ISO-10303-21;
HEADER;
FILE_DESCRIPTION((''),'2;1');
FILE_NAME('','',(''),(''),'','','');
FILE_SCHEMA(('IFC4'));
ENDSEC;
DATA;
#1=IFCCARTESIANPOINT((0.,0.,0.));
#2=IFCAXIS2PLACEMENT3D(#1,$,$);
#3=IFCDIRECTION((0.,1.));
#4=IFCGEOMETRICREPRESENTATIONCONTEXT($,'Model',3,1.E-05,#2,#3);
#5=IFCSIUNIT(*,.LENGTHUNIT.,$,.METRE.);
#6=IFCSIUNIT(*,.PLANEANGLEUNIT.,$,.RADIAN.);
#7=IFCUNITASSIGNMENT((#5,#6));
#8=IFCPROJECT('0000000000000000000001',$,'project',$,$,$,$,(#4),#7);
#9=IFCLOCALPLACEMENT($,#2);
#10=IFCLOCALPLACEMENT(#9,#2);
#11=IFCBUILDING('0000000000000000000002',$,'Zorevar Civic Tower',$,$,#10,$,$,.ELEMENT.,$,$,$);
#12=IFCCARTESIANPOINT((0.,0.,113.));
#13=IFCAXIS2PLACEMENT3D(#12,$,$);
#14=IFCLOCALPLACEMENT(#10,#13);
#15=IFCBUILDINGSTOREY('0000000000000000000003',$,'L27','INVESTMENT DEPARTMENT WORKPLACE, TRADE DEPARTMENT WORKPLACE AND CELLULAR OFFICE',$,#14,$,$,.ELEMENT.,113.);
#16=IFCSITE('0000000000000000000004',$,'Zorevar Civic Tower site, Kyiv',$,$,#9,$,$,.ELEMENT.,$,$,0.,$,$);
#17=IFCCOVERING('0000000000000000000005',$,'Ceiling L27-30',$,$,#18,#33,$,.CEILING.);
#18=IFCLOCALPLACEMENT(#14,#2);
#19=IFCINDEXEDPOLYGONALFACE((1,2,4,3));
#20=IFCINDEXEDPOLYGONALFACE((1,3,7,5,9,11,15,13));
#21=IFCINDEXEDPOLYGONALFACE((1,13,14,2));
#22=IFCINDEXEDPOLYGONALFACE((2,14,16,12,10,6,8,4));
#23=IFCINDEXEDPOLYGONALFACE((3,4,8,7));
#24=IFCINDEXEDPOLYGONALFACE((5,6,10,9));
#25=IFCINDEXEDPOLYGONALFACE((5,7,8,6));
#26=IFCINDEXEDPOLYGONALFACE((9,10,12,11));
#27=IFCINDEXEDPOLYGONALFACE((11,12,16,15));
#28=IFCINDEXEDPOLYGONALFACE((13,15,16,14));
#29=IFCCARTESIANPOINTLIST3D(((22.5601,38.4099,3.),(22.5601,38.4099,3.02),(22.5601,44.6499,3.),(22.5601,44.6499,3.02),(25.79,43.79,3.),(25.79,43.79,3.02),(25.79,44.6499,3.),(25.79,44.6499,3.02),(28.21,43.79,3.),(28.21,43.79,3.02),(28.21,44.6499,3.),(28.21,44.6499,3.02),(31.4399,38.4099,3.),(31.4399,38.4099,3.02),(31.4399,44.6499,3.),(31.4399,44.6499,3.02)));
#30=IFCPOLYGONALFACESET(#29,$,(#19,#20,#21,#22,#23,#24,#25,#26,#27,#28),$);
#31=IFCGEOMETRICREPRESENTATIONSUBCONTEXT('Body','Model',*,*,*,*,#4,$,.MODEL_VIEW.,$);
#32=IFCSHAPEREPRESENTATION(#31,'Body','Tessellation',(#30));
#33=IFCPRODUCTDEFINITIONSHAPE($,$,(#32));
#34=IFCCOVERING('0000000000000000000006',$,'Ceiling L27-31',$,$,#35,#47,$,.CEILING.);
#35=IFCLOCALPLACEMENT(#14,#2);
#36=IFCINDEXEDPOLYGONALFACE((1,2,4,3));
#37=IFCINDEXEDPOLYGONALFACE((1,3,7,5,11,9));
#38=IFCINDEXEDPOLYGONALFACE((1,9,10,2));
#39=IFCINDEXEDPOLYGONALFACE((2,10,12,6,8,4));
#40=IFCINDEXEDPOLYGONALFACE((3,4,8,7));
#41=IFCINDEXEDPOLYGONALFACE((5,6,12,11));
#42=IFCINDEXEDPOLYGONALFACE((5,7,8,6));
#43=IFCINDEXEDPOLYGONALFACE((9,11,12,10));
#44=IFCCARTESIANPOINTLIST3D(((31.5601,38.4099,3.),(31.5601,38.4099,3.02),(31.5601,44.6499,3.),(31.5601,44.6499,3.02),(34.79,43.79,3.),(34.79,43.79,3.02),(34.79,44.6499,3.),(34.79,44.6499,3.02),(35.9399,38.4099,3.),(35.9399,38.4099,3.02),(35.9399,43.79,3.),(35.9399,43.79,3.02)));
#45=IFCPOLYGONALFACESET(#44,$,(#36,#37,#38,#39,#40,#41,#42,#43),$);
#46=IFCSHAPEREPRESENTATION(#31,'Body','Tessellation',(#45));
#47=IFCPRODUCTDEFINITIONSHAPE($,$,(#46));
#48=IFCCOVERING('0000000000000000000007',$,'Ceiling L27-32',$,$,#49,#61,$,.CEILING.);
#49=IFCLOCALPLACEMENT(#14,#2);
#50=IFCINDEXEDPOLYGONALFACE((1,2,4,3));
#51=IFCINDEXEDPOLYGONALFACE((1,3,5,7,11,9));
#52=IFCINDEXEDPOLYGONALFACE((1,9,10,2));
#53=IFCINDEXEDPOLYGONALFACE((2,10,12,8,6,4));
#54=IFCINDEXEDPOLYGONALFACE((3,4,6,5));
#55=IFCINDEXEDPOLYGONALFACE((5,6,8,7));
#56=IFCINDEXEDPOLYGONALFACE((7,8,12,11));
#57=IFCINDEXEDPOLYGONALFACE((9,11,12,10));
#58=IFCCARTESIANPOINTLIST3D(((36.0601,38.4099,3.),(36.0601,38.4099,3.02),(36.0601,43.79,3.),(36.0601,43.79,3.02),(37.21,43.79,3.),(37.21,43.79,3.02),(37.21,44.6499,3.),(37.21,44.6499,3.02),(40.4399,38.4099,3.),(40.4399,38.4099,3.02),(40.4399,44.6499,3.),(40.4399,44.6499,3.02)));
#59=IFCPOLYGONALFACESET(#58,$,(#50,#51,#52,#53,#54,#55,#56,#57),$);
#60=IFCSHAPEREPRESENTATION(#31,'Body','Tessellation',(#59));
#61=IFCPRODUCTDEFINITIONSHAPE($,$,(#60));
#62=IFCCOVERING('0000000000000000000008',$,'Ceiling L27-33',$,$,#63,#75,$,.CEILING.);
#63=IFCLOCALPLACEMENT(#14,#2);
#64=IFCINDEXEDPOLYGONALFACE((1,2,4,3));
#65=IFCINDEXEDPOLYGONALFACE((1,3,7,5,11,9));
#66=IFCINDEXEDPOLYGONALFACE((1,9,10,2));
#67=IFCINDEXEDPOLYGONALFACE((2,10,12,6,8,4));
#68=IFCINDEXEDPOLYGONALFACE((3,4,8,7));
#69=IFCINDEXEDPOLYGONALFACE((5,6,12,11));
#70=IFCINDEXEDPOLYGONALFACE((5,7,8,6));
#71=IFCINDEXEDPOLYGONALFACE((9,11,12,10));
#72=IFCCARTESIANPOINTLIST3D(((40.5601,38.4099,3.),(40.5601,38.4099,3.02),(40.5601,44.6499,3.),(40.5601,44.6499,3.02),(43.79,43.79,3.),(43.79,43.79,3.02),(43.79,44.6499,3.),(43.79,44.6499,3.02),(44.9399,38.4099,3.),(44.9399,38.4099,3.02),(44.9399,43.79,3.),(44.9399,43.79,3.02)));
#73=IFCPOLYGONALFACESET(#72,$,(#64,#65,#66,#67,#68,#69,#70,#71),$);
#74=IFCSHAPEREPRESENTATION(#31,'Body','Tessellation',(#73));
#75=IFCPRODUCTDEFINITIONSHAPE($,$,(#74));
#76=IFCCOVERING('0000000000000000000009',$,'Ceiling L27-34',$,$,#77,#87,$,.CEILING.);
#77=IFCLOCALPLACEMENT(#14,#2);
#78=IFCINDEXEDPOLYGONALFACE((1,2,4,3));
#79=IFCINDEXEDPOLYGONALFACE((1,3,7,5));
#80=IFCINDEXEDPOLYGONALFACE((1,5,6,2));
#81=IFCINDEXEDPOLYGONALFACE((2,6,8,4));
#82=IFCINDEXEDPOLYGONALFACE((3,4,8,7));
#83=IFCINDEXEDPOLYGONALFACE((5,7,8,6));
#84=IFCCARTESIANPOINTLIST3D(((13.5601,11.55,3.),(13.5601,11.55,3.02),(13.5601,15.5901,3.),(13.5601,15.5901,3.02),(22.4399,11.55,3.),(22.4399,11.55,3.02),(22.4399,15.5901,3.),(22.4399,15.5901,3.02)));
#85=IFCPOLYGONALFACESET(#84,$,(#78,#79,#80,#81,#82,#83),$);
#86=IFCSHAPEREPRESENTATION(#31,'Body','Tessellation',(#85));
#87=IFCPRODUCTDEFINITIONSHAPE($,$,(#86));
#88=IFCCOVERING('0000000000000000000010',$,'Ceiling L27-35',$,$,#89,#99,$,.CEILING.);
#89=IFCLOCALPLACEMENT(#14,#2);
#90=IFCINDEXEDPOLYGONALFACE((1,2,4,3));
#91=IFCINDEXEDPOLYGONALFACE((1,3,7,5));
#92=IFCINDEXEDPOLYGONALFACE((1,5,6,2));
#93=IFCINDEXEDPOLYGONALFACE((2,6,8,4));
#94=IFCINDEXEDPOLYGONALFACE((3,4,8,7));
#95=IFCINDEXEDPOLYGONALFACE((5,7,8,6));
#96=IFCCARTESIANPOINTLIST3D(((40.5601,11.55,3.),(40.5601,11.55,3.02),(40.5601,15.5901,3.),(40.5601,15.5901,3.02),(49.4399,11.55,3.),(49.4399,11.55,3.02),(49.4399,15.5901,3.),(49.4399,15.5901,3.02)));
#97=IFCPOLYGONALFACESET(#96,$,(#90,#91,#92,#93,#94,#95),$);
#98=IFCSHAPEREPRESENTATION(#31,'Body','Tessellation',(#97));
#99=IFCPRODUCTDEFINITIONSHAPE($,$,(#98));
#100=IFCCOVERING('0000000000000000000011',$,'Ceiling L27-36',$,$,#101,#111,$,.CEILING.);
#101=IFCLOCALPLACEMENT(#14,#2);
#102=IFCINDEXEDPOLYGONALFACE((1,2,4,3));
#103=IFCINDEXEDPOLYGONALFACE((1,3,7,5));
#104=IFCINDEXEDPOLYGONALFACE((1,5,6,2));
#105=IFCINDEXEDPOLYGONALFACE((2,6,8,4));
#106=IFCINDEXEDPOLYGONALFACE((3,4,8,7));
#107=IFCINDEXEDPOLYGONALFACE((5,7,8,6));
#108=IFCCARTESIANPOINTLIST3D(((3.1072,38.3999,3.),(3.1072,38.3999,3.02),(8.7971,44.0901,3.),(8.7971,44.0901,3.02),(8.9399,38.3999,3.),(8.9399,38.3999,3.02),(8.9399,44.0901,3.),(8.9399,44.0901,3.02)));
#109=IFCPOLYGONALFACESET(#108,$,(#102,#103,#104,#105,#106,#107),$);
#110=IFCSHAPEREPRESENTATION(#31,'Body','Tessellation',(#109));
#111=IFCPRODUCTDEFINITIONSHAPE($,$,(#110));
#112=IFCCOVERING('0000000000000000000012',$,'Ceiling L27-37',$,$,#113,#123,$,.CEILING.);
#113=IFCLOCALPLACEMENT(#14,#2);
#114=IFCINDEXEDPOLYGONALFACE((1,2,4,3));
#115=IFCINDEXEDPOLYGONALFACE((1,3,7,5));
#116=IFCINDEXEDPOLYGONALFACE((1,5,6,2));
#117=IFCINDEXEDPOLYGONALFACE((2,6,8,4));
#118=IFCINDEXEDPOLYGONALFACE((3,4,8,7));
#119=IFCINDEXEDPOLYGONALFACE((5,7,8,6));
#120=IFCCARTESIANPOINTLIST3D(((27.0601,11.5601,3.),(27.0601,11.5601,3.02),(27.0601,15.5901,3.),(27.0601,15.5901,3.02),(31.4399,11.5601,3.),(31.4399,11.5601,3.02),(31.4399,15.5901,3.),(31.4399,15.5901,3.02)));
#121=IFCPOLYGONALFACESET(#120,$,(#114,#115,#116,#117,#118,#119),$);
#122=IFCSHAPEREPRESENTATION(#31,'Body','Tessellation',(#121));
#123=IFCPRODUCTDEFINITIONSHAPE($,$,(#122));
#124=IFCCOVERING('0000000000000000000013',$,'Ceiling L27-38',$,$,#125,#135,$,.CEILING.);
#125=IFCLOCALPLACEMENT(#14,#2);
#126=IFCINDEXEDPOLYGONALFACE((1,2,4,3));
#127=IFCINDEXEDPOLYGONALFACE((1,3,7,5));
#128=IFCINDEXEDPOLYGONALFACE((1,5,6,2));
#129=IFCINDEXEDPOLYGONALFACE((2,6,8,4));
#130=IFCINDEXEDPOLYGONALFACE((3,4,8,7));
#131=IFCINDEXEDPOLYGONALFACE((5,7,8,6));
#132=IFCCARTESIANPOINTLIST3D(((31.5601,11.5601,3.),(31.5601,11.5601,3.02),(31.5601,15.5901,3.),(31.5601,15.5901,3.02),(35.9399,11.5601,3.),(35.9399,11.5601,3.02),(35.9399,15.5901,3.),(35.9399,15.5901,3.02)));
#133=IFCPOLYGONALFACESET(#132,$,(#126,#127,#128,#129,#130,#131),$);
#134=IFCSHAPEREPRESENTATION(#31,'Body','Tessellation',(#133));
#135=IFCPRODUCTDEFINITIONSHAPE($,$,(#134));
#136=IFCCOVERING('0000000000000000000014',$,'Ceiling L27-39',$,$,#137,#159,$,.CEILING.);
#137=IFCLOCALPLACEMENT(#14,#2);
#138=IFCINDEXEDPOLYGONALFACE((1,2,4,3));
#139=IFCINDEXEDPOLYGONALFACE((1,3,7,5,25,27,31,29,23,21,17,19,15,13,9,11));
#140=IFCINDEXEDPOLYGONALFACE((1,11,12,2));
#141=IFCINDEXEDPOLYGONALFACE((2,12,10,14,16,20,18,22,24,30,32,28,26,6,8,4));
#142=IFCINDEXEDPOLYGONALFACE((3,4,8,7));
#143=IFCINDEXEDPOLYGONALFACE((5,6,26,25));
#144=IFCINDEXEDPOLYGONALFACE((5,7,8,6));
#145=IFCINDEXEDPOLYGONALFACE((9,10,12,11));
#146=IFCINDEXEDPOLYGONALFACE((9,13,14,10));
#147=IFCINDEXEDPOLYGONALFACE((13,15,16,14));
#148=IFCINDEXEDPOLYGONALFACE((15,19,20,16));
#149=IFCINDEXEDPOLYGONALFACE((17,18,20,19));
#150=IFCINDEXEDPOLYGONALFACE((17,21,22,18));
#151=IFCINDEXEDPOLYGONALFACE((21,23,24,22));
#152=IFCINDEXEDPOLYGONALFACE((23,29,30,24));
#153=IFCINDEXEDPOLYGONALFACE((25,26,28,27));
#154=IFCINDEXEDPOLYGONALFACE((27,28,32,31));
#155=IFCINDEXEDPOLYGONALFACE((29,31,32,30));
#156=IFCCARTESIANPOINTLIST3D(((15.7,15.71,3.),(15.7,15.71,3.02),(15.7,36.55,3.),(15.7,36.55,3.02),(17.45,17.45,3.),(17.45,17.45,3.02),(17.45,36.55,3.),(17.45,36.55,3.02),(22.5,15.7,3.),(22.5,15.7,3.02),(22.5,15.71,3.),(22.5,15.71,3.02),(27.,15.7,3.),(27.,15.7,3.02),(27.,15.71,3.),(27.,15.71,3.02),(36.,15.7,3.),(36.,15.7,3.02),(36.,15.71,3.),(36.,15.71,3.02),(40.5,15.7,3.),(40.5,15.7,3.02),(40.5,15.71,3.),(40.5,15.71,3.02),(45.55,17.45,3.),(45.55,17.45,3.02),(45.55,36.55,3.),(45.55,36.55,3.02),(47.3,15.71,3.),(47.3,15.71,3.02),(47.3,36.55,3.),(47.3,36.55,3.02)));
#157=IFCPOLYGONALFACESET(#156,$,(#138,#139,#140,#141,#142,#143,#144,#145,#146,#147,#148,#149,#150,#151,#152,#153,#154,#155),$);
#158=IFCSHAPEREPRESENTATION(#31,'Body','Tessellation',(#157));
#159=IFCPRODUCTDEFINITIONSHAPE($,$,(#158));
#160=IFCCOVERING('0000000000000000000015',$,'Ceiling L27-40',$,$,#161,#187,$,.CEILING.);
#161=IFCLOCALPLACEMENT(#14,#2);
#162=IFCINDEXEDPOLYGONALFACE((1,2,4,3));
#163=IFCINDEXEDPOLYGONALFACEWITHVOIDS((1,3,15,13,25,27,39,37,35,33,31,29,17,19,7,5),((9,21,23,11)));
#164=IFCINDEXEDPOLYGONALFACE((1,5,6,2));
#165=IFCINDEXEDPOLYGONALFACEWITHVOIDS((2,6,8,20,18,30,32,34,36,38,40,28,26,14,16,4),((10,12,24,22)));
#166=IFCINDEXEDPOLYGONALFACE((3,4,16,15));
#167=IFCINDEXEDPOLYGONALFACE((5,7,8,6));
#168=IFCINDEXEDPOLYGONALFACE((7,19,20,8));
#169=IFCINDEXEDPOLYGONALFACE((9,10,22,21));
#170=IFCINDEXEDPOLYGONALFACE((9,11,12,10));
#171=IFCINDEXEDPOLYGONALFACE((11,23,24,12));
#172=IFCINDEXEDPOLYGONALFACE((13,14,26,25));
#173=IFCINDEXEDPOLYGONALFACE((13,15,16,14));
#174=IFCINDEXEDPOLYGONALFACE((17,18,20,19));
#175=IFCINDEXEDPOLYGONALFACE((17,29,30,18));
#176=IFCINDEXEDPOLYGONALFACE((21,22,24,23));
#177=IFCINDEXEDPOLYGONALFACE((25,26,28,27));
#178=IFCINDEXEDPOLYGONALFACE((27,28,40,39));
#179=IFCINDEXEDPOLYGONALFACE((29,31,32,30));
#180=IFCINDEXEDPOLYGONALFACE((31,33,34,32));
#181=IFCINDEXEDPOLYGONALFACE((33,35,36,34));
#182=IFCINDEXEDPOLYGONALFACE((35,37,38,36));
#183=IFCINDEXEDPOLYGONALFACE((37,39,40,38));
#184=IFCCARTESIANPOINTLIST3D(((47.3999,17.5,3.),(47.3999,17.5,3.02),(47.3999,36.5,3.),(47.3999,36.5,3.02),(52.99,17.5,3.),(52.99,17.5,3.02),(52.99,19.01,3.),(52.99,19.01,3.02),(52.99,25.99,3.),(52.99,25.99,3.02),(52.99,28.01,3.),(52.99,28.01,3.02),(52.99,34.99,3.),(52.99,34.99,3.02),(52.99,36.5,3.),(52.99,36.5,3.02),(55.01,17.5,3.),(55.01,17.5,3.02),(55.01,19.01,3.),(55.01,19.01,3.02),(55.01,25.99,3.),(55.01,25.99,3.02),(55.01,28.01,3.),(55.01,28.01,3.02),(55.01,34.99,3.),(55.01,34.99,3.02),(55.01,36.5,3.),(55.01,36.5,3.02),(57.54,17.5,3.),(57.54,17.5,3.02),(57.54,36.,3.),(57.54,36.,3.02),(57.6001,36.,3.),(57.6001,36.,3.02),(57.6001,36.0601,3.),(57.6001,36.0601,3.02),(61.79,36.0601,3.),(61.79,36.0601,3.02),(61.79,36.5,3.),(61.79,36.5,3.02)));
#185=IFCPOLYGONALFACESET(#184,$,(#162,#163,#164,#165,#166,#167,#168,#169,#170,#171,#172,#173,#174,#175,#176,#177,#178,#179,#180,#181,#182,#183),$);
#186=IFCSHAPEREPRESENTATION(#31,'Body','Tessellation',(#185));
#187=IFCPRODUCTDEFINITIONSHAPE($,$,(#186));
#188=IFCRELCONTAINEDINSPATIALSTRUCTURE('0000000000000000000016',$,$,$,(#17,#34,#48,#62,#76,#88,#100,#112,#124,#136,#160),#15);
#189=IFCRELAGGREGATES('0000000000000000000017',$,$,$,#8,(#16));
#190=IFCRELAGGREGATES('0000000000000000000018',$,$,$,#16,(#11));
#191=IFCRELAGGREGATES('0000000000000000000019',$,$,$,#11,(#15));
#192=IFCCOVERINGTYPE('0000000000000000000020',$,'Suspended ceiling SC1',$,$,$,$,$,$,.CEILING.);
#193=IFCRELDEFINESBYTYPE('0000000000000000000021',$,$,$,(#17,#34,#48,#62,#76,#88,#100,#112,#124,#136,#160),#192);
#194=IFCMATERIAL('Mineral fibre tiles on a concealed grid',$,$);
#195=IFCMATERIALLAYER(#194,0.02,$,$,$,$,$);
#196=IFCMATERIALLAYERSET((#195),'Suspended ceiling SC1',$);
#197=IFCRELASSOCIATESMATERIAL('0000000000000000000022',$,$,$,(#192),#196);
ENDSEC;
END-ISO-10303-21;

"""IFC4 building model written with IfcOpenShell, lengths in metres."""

from ifc_helpers import new_model, si_unit, direction, frame, origin, place, context, subcontext, project, spatial, polyline, outline, extrude, material, layer, layer_set, type_object, element, save


model = new_model("IFC4")

# Units and contexts
model_context = context("Model", 3, precision=1e-05, world=origin(), true_north=direction((0.0, 1.0)))
body_context = subcontext(model_context, "Body", "Model", "MODEL_VIEW")
ifc_project = project(units=[si_unit("LENGTHUNIT", "METRE"), si_unit("PLANEANGLEUNIT", "RADIAN")], contexts=[model_context])

# Site, building, storey
site_placement = place(None, origin())
site = spatial("IfcSite", under=ifc_project, at=site_placement, Name="Zorevar Civic Tower site, Kyiv", CompositionType="ELEMENT", RefElevation=0.0)
building_placement = place(site_placement, origin())
building = spatial("IfcBuilding", under=site, at=building_placement, Name="Zorevar Civic Tower", CompositionType="ELEMENT")
storey_placement = place(building_placement, frame((0.0, 0.0, 113.0)))
storey = spatial("IfcBuildingStorey", under=building, at=storey_placement, Name="L27", Description="INVESTMENT DEPARTMENT WORKPLACE, TRADE DEPARTMENT WORKPLACE AND CELLULAR OFFICE", CompositionType="ELEMENT", Elevation=113.0)

# Coverings
ifc_material_1 = material(Name="Mineral fibre tiles on a concealed grid")
ifc_layer_1 = layer(ifc_material_1, 0.02)
ifc_layer_set_1 = layer_set([ifc_layer_1], Name="Suspended ceiling SC1")
covering_type_1 = type_object("IfcCoveringType", Name="Suspended ceiling SC1", PredefinedType="CEILING", material=ifc_layer_set_1)
covering_1_placement = place(storey_placement, frame((0.0, 0.0, 3.0)))
element("IfcCovering", 1, at=covering_1_placement, inside=storey, type_object=covering_type_1, Name="Ceiling L27-30", PredefinedType="CEILING", context=body_context, shape_type="SweptSolid", body=[
    extrude(outline(polyline([(22.5601, 38.4099), (22.5601, 44.6499), (25.79, 44.6499), (25.79, 43.79), (28.21, 43.79), (28.21, 44.6499), (31.4399, 44.6499), (31.4399, 38.4099), (22.5601, 38.4099)])), origin(), (0.0, 0.0, 1.0), 0.02),
])
covering_2_placement = place(storey_placement, frame((0.0, 0.0, 3.0)))
element("IfcCovering", 2, at=covering_2_placement, inside=storey, type_object=covering_type_1, Name="Ceiling L27-31", PredefinedType="CEILING", context=body_context, shape_type="SweptSolid", body=[
    extrude(outline(polyline([(31.5601, 38.4099), (31.5601, 44.6499), (34.79, 44.6499), (34.79, 43.79), (35.9399, 43.79), (35.9399, 38.4099), (31.5601, 38.4099)])), origin(), (0.0, 0.0, 1.0), 0.02),
])
covering_3_placement = place(storey_placement, frame((0.0, 0.0, 3.0)))
element("IfcCovering", 3, at=covering_3_placement, inside=storey, type_object=covering_type_1, Name="Ceiling L27-32", PredefinedType="CEILING", context=body_context, shape_type="SweptSolid", body=[
    extrude(outline(polyline([(36.0601, 38.4099), (36.0601, 43.79), (37.21, 43.79), (37.21, 44.6499), (40.4399, 44.6499), (40.4399, 38.4099), (36.0601, 38.4099)])), origin(), (0.0, 0.0, 1.0), 0.02),
])
covering_4_placement = place(storey_placement, frame((0.0, 0.0, 3.0)))
element("IfcCovering", 4, at=covering_4_placement, inside=storey, type_object=covering_type_1, Name="Ceiling L27-33", PredefinedType="CEILING", context=body_context, shape_type="SweptSolid", body=[
    extrude(outline(polyline([(40.5601, 38.4099), (40.5601, 44.6499), (43.79, 44.6499), (43.79, 43.79), (44.9399, 43.79), (44.9399, 38.4099), (40.5601, 38.4099)])), origin(), (0.0, 0.0, 1.0), 0.02),
])
covering_5_placement = place(storey_placement, frame((0.0, 0.0, 3.0)))
element("IfcCovering", 5, at=covering_5_placement, inside=storey, type_object=covering_type_1, Name="Ceiling L27-34", PredefinedType="CEILING", context=body_context, shape_type="SweptSolid", body=[
    extrude(outline(polyline([(13.5601, 15.5901), (22.4399, 15.5901), (22.4399, 11.55), (13.5601, 11.55), (13.5601, 15.5901)])), origin(), (0.0, 0.0, 1.0), 0.02),
])
covering_6_placement = place(storey_placement, frame((0.0, 0.0, 3.0)))
element("IfcCovering", 6, at=covering_6_placement, inside=storey, type_object=covering_type_1, Name="Ceiling L27-35", PredefinedType="CEILING", context=body_context, shape_type="SweptSolid", body=[
    extrude(outline(polyline([(49.4399, 15.5901), (49.4399, 11.55), (40.5601, 11.55), (40.5601, 15.5901), (49.4399, 15.5901)])), origin(), (0.0, 0.0, 1.0), 0.02),
])
covering_7_placement = place(storey_placement, frame((0.0, 0.0, 3.0)))
element("IfcCovering", 7, at=covering_7_placement, inside=storey, type_object=covering_type_1, Name="Ceiling L27-36", PredefinedType="CEILING", context=body_context, shape_type="SweptSolid", body=[
    extrude(outline(polyline([(8.9399, 44.0901), (8.9399, 38.3999), (3.1072, 38.3999), (8.7971, 44.0901), (8.9399, 44.0901)])), origin(), (0.0, 0.0, 1.0), 0.02),
])
covering_8_placement = place(storey_placement, frame((0.0, 0.0, 3.0)))
element("IfcCovering", 8, at=covering_8_placement, inside=storey, type_object=covering_type_1, Name="Ceiling L27-37", PredefinedType="CEILING", context=body_context, shape_type="SweptSolid", body=[
    extrude(outline(polyline([(27.0601, 15.5901), (31.4399, 15.5901), (31.4399, 11.5601), (27.0601, 11.5601), (27.0601, 15.5901)])), origin(), (0.0, 0.0, 1.0), 0.02),
])
covering_9_placement = place(storey_placement, frame((0.0, 0.0, 3.0)))
element("IfcCovering", 9, at=covering_9_placement, inside=storey, type_object=covering_type_1, Name="Ceiling L27-38", PredefinedType="CEILING", context=body_context, shape_type="SweptSolid", body=[
    extrude(outline(polyline([(31.5601, 15.5901), (35.9399, 15.5901), (35.9399, 11.5601), (31.5601, 11.5601), (31.5601, 15.5901)])), origin(), (0.0, 0.0, 1.0), 0.02),
])
covering_10_placement = place(storey_placement, frame((0.0, 0.0, 3.0)))
element("IfcCovering", 10, at=covering_10_placement, inside=storey, type_object=covering_type_1, Name="Ceiling L27-39", PredefinedType="CEILING", context=body_context, shape_type="SweptSolid", body=[
    extrude(outline(polyline([(47.3, 15.71), (40.5, 15.71), (40.5, 15.7), (36.0, 15.7), (36.0, 15.71), (27.0, 15.71), (27.0, 15.7), (22.5, 15.7), (22.5, 15.71), (15.7, 15.71), (15.7, 36.55), (17.45, 36.55), (17.45, 17.45), (45.55, 17.45), (45.55, 36.55), (47.3, 36.55), (47.3, 15.71)])), origin(), (0.0, 0.0, 1.0), 0.02),
])
covering_11_placement = place(storey_placement, frame((0.0, 0.0, 3.0)))
element("IfcCovering", 11, at=covering_11_placement, inside=storey, type_object=covering_type_1, Name="Ceiling L27-40", PredefinedType="CEILING", context=body_context, shape_type="SweptSolid", body=[
    extrude(outline(polyline([(52.99, 19.01), (52.99, 17.5), (47.3999, 17.5), (47.3999, 36.5), (52.99, 36.5), (52.99, 34.99), (55.01, 34.99), (55.01, 36.5), (61.79, 36.5), (61.79, 36.0601), (57.6001, 36.0601), (57.6001, 36.0), (57.54, 36.0), (57.54, 17.5), (55.01, 17.5), (55.01, 19.01), (52.99, 19.01)]), holes=[polyline([(52.99, 25.99), (55.01, 25.99), (55.01, 28.01), (52.99, 28.01), (52.99, 25.99)])]), origin(), (0.0, 0.0, 1.0), 0.02),
])

save(model, "model.ifc")
